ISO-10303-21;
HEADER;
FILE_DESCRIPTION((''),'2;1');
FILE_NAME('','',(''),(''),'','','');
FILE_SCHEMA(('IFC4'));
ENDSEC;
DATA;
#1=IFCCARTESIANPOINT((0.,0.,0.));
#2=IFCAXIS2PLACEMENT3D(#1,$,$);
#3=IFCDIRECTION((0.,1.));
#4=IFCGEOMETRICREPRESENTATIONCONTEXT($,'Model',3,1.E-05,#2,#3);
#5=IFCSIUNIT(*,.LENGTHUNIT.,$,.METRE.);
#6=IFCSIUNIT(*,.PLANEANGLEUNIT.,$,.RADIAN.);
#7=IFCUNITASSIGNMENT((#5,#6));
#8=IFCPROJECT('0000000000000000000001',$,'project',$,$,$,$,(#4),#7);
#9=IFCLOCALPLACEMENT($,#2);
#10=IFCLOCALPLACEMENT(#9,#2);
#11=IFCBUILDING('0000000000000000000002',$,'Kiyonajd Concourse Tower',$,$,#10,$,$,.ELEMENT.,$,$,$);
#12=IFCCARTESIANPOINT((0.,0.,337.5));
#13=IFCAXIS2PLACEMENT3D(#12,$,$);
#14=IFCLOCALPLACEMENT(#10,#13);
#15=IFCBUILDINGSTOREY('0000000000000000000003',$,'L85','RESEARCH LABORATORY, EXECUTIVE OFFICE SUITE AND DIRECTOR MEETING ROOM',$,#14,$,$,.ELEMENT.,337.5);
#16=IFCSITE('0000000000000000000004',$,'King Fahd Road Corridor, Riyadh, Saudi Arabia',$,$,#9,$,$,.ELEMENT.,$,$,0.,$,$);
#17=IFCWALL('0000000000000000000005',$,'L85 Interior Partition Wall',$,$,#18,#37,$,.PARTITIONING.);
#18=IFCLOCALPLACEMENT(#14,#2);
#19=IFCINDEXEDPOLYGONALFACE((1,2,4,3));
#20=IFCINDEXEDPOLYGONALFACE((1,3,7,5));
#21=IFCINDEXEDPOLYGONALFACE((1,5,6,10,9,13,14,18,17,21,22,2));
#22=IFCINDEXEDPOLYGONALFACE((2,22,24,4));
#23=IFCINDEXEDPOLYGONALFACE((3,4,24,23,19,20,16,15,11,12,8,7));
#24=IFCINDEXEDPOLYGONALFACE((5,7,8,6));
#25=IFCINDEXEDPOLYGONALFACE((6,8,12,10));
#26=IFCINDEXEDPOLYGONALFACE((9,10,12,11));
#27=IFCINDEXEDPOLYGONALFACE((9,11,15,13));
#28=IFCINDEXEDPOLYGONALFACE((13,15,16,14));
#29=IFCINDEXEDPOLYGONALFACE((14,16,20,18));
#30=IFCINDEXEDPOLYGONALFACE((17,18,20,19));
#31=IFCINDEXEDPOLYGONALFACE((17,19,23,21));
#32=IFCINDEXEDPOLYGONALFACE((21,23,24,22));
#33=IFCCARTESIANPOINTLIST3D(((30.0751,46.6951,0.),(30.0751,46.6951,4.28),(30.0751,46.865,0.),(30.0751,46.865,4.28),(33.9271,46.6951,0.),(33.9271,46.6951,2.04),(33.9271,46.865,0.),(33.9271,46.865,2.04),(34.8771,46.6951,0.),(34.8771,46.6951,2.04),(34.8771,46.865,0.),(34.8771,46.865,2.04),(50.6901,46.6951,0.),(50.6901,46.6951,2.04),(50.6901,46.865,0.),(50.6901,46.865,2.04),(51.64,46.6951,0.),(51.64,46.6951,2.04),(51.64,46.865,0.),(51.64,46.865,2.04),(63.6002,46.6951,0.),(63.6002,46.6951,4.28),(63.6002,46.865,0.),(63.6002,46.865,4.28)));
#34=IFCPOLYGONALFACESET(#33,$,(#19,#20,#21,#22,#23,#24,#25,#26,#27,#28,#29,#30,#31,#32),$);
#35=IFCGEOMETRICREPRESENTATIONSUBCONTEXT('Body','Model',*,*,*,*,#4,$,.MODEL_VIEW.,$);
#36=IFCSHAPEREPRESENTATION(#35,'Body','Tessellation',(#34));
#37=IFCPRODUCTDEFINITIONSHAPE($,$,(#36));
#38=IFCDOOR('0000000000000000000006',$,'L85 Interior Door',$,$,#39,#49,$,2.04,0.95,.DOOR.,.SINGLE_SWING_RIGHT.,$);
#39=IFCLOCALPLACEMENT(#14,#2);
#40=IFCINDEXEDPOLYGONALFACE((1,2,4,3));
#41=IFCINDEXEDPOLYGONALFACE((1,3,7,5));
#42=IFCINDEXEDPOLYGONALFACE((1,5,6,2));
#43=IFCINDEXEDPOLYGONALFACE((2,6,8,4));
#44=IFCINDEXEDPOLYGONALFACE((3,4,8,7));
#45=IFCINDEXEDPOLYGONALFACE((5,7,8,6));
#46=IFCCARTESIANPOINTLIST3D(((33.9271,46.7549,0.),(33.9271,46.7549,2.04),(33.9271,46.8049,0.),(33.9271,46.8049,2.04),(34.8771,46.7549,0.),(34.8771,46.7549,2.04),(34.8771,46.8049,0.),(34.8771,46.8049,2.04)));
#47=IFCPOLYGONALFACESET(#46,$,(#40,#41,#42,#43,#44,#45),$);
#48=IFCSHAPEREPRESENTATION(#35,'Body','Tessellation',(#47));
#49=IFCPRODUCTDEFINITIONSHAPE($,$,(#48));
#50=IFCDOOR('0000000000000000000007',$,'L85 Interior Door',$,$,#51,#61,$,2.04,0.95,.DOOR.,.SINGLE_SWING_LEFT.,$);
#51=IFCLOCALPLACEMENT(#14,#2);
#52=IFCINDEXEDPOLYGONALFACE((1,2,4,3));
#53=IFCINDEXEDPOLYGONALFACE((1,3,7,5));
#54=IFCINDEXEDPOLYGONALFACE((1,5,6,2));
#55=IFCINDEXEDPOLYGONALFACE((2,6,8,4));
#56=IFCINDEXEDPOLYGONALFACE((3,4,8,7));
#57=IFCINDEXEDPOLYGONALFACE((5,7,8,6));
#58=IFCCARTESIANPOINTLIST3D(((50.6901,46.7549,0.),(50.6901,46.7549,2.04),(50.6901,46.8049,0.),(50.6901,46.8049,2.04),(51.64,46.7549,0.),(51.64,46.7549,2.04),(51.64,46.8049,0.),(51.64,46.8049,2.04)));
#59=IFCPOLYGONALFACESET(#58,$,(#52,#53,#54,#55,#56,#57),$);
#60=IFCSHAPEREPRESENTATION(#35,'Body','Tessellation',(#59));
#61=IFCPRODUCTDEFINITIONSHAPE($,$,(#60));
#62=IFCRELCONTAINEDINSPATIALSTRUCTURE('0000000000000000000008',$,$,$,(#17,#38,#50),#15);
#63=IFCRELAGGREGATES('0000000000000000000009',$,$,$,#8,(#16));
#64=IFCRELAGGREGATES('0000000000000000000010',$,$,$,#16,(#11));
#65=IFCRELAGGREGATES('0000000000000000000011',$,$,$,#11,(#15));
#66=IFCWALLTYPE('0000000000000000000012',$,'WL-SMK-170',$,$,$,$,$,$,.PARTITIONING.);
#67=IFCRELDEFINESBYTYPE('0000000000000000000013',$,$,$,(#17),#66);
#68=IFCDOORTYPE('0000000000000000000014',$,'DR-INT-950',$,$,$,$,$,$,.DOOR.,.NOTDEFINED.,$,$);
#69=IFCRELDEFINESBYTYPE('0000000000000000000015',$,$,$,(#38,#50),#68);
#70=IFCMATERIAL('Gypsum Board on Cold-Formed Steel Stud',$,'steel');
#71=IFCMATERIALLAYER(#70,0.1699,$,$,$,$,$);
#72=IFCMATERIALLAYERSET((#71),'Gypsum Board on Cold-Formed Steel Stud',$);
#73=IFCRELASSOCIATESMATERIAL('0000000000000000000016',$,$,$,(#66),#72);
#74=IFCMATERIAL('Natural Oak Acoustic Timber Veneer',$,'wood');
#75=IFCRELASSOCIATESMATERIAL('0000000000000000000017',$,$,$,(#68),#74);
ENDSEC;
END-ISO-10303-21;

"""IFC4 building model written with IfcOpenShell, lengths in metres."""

from ifc_helpers import new_model, si_unit, direction, frame, frame_2d, origin, place, context, subcontext, project, spatial, rectangle, extrude, material, layer, layer_set, type_object, element, fill, save


model = new_model("IFC4")

# Units and contexts
model_context = context("Model", 3, precision=1e-05, world=origin(), true_north=direction((0.0, 1.0)))
body_context = subcontext(model_context, "Body", "Model", "MODEL_VIEW")
ifc_project = project(units=[si_unit("LENGTHUNIT", "METRE"), si_unit("PLANEANGLEUNIT", "RADIAN")], contexts=[model_context])

# Site, building, storey
site_placement = place(None, origin())
site = spatial("IfcSite", under=ifc_project, at=site_placement, Name="King Fahd Road Corridor, Riyadh, Saudi Arabia", CompositionType="ELEMENT", RefElevation=0.0)
building_placement = place(site_placement, origin())
building = spatial("IfcBuilding", under=site, at=building_placement, Name="Kiyonajd Concourse Tower", CompositionType="ELEMENT")
storey_placement = place(building_placement, frame((0.0, 0.0, 337.5)))
storey = spatial("IfcBuildingStorey", under=building, at=storey_placement, Name="L85", Description="RESEARCH LABORATORY, EXECUTIVE OFFICE SUITE AND DIRECTOR MEETING ROOM", CompositionType="ELEMENT", Elevation=337.5)

# Wall, openings, doors
ifc_material_1 = material(Name="Gypsum Board on Cold-Formed Steel Stud", Category="steel")
ifc_layer_1 = layer(ifc_material_1, 0.1699)
ifc_layer_set_1 = layer_set([ifc_layer_1], Name="Gypsum Board on Cold-Formed Steel Stud")
wall_type_1 = type_object("IfcWallType", Name="WL-SMK-170", PredefinedType="PARTITIONING", material=ifc_layer_set_1)
wall_1_placement = place(storey_placement, frame((30.075, 46.78, 0.0), z_axis=(0.0, 0.0, 1.0), x_axis=(1.0, 0.0, 0.0)))
wall_1 = element("IfcWall", 1, at=wall_1_placement, inside=storey, type_object=wall_type_1, Name="L85 Interior Partition Wall", PredefinedType="PARTITIONING", context=body_context, shape_type="SweptSolid", body=[
    extrude(rectangle(XDim=33.5251, YDim=0.1699, at=frame_2d((16.7627, 0.0))), origin(), (0.0, 0.0, 1.0), 4.28),
])
opening_1_placement = place(wall_1_placement, frame((3.8521, 0.0, 0.0)))
opening_1 = element("IfcOpeningElement", 2, at=opening_1_placement, cuts=wall_1, PredefinedType="OPENING", context=body_context, shape_type="SweptSolid", body=[
    extrude(rectangle(XDim=0.95, YDim=2.04, at=frame_2d((0.4751, 1.02))), frame((0.0, 0.095, 0.0), z_axis=(0.0, -1.0, 0.0), x_axis=(1.0, 0.0, 0.0)), (0.0, 0.0, 1.0), 0.1899),
])
opening_2_placement = place(wall_1_placement, frame((20.615, 0.0, 0.0)))
opening_2 = element("IfcOpeningElement", 3, at=opening_2_placement, cuts=wall_1, PredefinedType="OPENING", context=body_context, shape_type="SweptSolid", body=[
    extrude(rectangle(XDim=0.95, YDim=2.04, at=frame_2d((0.4751, 1.02))), frame((0.0, 0.095, 0.0), z_axis=(0.0, -1.0, 0.0), x_axis=(1.0, 0.0, 0.0)), (0.0, 0.0, 1.0), 0.1899),
])
ifc_material_2 = material(Name="Natural Oak Acoustic Timber Veneer", Category="wood")
door_type = type_object("IfcDoorType", Name="DR-INT-950", OperationType="NOTDEFINED", PredefinedType="DOOR", material=ifc_material_2)
door_1_placement = place(opening_1_placement, origin())
door_1 = element("IfcDoor", 4, at=door_1_placement, inside=storey, type_object=door_type, Name="L85 Interior Door", OperationType="SINGLE_SWING_RIGHT", OverallHeight=2.04, OverallWidth=0.95, PredefinedType="DOOR", context=body_context, shape_type="SweptSolid", body=[
    extrude(rectangle(XDim=0.95, YDim=2.04, at=frame_2d((0.4751, 1.02))), frame((0.0, 0.0249, 0.0), z_axis=(0.0, -1.0, 0.0), x_axis=(1.0, 0.0, 0.0)), (0.0, 0.0, 1.0), 0.05),
])
fill(opening_1, door_1)
door_2_placement = place(opening_2_placement, origin())
door_2 = element("IfcDoor", 5, at=door_2_placement, inside=storey, type_object=door_type, Name="L85 Interior Door", OperationType="SINGLE_SWING_LEFT", OverallHeight=2.04, OverallWidth=0.95, PredefinedType="DOOR", context=body_context, shape_type="SweptSolid", body=[
    extrude(rectangle(XDim=0.95, YDim=2.04, at=frame_2d((0.4751, 1.02))), frame((0.0, 0.0249, 0.0), z_axis=(0.0, -1.0, 0.0), x_axis=(1.0, 0.0, 0.0)), (0.0, 0.0, 1.0), 0.05),
])
fill(opening_2, door_2)

save(model, "model.ifc")
